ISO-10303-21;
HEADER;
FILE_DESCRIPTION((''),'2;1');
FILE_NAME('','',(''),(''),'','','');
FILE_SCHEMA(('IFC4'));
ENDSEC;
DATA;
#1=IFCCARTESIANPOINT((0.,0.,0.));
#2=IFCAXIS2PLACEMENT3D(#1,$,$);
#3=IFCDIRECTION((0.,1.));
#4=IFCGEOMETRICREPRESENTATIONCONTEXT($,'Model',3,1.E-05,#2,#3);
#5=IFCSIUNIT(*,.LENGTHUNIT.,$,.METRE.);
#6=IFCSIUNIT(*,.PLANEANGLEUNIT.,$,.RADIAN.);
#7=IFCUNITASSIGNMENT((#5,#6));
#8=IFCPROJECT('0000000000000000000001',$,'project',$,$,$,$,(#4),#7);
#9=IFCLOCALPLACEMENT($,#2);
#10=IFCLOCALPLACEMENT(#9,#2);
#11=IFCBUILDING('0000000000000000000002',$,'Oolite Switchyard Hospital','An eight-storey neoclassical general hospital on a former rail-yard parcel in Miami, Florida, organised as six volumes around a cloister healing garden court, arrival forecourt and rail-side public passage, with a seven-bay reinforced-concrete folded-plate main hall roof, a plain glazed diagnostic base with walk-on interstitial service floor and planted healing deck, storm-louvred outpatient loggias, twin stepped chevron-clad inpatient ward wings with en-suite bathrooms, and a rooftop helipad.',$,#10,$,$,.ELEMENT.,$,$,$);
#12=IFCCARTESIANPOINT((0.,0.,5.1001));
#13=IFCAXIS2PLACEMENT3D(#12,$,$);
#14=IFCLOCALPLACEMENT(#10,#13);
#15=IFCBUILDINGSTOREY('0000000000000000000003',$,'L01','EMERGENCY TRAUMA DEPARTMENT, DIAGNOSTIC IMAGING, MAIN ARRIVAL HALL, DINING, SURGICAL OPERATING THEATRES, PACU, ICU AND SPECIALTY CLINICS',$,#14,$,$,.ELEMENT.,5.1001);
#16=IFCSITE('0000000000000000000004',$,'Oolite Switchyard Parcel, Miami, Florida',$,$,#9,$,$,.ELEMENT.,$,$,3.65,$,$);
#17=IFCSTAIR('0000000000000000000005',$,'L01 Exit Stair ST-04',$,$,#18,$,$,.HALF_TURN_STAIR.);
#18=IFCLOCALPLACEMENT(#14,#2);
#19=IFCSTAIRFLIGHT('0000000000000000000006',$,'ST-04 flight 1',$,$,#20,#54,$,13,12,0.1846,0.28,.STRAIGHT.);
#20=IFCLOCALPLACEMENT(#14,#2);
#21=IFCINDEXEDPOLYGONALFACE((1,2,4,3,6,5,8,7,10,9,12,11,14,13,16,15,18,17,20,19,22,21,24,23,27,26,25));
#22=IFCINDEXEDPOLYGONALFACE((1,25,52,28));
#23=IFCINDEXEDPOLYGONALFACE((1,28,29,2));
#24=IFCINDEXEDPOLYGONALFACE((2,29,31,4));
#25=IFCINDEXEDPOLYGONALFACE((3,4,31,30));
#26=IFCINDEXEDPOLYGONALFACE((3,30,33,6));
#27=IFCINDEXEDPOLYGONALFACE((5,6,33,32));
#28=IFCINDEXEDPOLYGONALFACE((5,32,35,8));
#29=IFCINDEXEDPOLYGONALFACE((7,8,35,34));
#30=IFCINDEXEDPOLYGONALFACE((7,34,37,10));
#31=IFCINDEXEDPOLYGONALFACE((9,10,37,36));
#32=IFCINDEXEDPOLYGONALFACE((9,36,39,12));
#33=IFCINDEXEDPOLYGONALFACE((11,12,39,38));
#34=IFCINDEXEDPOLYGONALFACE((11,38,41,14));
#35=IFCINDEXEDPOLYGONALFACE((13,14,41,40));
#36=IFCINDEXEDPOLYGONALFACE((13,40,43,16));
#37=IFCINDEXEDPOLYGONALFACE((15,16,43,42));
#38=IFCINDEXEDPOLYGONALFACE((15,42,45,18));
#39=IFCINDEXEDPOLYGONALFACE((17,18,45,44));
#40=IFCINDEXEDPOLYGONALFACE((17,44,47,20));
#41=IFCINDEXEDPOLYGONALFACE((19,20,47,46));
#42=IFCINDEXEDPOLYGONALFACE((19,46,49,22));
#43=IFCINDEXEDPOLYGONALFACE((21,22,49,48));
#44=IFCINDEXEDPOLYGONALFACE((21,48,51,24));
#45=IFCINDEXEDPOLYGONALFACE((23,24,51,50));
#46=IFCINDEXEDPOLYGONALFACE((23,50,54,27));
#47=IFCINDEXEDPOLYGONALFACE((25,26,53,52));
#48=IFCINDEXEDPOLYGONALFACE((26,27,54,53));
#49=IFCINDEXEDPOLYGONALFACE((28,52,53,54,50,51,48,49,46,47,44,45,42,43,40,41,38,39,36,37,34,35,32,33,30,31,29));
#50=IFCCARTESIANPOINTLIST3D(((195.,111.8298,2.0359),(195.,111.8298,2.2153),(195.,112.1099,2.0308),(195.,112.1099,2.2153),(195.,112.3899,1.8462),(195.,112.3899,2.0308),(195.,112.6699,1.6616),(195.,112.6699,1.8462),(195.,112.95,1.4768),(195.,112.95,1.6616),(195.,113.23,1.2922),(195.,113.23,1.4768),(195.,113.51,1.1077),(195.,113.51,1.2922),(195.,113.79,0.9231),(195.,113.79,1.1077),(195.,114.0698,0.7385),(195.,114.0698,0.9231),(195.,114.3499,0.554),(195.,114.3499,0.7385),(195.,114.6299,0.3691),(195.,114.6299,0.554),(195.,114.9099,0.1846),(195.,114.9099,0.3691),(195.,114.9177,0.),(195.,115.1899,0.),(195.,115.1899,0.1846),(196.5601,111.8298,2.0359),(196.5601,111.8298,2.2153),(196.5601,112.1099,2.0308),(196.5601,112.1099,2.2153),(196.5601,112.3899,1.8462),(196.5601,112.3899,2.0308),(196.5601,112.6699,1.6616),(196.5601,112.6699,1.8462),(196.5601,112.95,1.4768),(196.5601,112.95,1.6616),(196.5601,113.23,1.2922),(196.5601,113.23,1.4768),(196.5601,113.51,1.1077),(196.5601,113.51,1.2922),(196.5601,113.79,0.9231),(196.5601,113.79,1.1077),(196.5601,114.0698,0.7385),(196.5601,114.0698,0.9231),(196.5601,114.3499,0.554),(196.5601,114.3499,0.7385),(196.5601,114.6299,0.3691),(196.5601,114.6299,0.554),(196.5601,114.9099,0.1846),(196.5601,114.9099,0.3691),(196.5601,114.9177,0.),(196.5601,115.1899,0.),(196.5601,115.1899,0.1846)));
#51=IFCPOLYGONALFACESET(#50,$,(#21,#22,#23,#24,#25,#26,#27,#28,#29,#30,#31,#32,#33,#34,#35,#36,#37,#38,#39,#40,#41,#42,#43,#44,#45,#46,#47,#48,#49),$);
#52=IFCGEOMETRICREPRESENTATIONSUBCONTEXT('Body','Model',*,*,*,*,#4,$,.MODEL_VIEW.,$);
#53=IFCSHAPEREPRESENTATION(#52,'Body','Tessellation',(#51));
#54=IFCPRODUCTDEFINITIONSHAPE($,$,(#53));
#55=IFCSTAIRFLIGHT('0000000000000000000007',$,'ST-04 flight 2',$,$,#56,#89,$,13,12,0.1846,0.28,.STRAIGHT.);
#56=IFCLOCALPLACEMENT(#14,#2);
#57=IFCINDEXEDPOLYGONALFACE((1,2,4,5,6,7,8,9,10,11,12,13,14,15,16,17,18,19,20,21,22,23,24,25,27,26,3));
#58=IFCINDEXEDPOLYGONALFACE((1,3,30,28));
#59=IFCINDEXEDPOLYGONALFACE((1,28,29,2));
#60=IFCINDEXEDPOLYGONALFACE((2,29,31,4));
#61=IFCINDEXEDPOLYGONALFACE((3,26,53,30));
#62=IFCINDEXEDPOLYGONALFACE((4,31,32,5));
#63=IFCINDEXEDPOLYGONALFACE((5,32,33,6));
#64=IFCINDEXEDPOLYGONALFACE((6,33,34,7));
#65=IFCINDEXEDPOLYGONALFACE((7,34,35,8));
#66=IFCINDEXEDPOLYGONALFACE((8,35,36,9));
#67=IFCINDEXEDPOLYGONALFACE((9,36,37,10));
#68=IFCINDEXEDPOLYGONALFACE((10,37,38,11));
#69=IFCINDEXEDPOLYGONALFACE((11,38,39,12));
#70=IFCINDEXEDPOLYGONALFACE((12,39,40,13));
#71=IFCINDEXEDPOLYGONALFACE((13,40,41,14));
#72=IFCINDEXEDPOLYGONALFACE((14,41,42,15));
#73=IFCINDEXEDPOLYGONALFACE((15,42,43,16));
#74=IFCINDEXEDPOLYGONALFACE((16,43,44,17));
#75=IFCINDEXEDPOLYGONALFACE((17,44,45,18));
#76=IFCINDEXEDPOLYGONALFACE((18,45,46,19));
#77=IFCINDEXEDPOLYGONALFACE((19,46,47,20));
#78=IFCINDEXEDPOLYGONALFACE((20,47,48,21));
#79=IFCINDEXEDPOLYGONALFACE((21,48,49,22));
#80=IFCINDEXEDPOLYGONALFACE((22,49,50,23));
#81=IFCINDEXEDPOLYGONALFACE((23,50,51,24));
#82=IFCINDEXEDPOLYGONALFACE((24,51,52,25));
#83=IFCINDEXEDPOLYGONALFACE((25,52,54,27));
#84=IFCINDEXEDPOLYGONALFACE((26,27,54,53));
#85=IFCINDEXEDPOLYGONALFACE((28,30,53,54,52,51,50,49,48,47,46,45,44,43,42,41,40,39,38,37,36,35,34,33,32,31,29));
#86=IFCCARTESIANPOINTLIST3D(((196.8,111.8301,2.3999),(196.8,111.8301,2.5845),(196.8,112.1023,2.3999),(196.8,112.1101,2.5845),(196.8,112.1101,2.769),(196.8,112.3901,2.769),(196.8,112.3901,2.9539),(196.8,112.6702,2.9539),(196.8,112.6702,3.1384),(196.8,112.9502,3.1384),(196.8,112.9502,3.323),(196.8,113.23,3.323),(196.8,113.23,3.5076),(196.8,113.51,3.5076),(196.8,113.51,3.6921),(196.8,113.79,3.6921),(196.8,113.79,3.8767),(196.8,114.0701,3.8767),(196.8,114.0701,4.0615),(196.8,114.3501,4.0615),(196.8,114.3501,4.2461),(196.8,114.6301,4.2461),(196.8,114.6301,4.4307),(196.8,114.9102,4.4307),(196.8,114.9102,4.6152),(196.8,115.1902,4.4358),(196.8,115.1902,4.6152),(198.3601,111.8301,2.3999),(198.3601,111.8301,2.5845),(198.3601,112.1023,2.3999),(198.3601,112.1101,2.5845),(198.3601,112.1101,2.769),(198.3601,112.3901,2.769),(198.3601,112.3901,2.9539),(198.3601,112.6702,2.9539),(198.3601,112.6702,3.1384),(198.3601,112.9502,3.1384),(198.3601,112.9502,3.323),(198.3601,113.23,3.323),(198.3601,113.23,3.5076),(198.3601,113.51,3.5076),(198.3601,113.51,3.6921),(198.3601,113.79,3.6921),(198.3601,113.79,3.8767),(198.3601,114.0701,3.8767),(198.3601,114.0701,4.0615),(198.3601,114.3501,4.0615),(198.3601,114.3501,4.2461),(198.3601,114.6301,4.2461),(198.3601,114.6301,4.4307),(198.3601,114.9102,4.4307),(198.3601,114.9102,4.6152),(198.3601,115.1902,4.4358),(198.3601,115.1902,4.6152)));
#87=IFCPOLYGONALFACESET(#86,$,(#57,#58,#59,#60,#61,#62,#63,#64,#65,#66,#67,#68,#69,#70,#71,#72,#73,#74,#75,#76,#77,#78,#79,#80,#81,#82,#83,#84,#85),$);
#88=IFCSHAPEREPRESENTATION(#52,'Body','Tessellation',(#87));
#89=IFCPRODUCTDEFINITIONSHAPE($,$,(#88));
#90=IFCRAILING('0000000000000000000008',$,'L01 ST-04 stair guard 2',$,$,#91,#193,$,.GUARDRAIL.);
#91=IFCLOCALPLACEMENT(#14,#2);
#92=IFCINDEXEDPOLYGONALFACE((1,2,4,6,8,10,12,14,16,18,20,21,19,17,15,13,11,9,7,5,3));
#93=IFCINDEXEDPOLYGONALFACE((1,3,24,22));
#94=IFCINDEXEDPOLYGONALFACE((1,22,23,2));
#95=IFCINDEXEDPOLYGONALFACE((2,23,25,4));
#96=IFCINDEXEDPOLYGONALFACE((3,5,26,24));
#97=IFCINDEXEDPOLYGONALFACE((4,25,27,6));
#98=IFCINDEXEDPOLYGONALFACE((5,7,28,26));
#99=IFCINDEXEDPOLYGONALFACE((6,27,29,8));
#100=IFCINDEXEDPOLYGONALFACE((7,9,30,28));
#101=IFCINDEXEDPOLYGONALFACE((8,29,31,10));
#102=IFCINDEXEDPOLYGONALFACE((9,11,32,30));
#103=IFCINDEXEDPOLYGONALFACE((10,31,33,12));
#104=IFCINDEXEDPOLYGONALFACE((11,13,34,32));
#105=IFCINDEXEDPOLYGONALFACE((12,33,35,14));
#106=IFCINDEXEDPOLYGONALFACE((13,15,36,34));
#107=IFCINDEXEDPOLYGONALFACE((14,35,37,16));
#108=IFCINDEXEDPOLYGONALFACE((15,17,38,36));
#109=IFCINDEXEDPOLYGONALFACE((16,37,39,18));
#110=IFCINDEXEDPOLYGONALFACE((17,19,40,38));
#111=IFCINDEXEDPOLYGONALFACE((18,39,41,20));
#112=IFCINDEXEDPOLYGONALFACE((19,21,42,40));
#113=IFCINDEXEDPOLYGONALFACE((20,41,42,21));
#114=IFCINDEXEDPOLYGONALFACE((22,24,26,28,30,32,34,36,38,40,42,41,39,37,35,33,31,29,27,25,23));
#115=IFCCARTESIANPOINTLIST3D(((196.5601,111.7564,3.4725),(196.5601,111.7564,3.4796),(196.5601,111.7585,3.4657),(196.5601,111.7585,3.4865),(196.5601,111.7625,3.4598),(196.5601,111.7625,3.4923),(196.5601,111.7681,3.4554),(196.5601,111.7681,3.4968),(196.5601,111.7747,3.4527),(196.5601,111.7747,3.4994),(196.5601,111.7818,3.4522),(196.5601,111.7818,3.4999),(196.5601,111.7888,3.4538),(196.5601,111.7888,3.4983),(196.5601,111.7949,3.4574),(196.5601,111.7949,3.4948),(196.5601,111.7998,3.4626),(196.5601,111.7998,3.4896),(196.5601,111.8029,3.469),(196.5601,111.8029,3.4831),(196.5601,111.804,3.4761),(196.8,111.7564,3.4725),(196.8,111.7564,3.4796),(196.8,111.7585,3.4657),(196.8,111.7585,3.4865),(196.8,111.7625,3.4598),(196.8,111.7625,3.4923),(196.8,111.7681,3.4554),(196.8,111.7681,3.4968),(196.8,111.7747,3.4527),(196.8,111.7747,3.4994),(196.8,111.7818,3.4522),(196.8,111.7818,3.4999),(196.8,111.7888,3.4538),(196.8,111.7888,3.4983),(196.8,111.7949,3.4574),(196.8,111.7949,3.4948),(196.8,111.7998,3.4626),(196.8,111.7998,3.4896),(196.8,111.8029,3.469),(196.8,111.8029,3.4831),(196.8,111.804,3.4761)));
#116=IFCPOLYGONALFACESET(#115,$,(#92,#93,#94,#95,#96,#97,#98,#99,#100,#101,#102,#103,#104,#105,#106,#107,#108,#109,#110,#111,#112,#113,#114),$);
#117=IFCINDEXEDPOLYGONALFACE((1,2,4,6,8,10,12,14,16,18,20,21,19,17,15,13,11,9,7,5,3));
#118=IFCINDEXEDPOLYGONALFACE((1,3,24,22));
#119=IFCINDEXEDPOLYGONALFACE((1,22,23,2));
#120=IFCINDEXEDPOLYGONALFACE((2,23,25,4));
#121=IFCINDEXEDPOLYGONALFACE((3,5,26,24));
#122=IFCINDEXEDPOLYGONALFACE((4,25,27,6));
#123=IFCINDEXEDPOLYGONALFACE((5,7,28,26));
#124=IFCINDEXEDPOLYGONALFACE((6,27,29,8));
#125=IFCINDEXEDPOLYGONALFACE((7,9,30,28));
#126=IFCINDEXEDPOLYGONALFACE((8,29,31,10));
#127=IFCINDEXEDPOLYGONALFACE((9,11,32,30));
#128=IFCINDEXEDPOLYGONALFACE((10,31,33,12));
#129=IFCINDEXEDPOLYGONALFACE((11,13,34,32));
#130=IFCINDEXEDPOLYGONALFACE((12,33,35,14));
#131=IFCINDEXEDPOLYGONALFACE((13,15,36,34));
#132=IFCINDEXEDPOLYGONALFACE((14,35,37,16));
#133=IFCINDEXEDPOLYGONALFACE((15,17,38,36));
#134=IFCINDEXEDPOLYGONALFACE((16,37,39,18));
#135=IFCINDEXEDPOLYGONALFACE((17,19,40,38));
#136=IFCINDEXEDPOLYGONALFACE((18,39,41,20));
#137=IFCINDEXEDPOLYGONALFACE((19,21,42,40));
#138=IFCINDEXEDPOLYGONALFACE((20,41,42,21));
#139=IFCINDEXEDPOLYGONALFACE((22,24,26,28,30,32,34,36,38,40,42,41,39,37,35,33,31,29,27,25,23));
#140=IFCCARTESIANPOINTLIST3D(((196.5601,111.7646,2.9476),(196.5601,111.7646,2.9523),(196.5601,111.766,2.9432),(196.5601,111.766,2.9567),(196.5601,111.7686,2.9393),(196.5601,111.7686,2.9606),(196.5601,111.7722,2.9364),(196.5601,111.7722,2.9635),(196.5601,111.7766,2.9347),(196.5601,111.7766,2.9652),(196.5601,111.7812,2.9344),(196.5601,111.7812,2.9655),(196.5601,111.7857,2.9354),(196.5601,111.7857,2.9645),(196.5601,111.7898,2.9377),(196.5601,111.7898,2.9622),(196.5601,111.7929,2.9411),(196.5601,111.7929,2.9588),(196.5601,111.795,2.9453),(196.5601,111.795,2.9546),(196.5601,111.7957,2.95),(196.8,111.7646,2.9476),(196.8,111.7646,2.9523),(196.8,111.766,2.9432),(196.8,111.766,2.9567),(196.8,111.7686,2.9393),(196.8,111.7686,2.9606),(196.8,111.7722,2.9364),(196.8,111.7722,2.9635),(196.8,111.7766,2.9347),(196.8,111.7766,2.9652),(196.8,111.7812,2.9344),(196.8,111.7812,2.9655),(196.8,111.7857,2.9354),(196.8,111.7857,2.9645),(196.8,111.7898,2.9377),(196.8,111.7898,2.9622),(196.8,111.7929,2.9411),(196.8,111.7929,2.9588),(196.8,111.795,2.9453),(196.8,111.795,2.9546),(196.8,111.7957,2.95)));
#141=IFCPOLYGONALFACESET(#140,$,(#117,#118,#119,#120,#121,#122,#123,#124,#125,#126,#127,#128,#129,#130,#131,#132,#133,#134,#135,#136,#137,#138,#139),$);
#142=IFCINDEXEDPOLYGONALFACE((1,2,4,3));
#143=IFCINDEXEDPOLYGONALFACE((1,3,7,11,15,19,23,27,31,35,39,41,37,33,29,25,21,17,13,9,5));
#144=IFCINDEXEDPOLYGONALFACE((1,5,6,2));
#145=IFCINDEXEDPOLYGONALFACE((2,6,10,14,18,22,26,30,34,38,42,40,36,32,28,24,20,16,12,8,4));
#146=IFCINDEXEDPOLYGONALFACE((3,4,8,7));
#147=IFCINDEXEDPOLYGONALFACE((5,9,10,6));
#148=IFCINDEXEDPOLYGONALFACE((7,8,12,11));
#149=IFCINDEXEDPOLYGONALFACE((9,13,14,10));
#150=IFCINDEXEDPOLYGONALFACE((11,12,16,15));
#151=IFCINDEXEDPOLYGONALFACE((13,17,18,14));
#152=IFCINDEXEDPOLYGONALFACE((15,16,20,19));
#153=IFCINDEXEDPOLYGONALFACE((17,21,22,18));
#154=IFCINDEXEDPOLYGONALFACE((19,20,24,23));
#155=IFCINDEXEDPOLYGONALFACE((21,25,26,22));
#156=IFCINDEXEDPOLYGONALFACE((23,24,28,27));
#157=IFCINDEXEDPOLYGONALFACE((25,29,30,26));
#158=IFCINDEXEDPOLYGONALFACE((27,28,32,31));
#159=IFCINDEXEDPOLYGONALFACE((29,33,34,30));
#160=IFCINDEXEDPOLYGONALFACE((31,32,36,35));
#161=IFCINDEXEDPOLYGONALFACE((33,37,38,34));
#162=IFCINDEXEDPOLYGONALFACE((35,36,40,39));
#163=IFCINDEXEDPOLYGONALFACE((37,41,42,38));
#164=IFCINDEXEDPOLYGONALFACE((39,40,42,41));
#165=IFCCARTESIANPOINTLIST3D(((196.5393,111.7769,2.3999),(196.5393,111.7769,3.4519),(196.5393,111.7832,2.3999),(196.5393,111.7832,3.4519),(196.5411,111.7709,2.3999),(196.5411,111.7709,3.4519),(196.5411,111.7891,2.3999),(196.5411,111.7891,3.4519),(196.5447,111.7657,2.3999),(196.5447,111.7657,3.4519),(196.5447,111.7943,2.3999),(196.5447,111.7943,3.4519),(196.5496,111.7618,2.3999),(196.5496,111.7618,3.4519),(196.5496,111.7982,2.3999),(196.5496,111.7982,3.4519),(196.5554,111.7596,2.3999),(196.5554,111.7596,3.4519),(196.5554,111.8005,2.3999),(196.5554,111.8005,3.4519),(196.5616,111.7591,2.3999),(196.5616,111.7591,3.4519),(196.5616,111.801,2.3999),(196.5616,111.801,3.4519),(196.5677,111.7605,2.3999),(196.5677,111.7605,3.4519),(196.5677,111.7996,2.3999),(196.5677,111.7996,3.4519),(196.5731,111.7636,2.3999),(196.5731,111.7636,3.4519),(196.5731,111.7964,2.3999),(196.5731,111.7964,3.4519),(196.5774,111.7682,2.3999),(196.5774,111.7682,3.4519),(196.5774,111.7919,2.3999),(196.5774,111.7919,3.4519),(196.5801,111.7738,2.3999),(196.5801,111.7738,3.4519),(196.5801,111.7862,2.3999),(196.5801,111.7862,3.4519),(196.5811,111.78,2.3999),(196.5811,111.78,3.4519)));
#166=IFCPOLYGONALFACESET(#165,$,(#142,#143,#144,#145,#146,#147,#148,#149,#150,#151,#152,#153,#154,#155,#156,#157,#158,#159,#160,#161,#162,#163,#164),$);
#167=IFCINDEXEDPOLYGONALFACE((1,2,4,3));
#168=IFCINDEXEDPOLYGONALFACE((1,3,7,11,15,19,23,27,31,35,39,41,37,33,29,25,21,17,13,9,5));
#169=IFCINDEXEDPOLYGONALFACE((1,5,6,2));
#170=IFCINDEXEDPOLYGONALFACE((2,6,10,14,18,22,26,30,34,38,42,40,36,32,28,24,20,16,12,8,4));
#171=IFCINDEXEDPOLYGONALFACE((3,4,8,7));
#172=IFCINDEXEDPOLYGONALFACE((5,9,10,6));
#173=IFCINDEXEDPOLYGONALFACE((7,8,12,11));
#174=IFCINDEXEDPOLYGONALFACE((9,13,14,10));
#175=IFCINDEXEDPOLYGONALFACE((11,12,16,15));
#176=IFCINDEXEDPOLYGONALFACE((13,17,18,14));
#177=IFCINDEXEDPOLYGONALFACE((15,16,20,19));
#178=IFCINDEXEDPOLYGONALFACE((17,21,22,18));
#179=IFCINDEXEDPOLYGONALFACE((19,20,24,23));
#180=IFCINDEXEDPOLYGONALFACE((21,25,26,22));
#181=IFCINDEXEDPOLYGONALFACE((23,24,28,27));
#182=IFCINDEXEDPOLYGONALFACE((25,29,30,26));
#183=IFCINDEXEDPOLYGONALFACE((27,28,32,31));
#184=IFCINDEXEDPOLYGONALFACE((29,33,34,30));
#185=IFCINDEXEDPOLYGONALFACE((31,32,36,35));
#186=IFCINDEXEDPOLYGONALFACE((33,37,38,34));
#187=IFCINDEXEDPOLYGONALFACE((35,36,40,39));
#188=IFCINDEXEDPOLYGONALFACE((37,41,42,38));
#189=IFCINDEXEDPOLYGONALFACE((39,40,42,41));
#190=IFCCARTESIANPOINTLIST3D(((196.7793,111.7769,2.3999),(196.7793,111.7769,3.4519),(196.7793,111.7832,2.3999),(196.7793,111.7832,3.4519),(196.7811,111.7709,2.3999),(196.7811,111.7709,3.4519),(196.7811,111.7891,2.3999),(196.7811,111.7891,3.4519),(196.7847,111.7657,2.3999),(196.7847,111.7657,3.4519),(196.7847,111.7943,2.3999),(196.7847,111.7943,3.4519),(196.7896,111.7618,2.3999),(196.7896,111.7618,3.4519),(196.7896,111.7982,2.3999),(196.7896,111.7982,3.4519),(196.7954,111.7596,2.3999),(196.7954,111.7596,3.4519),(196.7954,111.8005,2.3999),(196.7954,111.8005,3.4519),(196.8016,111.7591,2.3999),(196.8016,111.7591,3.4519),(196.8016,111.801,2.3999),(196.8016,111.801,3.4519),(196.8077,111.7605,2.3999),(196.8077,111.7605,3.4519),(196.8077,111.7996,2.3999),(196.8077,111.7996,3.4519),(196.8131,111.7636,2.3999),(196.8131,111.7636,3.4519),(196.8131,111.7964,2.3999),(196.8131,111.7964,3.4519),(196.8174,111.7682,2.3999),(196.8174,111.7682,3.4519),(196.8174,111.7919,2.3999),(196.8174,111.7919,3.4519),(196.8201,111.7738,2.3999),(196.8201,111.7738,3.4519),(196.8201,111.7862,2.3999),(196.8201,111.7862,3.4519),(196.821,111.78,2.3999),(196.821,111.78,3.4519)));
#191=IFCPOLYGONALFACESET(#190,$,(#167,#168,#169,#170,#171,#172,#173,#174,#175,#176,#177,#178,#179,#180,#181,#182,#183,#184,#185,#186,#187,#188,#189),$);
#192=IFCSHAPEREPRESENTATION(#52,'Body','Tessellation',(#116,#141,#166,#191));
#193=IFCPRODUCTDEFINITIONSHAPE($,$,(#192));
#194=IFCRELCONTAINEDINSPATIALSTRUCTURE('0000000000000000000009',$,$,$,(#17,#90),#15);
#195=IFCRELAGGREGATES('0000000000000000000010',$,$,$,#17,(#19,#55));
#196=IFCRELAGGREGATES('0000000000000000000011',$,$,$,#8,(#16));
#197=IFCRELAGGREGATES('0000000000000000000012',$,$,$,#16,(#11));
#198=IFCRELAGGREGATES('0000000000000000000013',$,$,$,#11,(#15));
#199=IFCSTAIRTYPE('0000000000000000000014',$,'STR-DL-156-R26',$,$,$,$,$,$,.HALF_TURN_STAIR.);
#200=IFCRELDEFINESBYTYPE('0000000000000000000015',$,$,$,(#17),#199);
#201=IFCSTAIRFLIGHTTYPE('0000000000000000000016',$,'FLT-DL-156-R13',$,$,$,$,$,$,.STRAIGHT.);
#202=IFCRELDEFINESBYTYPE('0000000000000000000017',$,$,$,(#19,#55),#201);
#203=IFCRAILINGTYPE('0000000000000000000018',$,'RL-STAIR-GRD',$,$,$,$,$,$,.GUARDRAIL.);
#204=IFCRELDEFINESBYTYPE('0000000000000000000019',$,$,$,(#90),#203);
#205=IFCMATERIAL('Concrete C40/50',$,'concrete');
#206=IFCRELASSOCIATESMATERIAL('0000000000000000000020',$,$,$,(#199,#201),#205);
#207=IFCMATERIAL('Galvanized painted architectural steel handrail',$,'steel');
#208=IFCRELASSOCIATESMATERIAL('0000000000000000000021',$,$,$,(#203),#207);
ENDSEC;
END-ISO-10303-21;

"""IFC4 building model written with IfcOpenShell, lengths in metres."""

from ifc_helpers import new_model, si_unit, direction, frame, origin, origin_2d, place, context, subcontext, project, spatial, polyline, circle, outline, extrude, material, type_object, element, aggregate, save


model = new_model("IFC4")

# Units and contexts
model_context = context("Model", 3, precision=1e-05, world=origin(), true_north=direction((0.0, 1.0)))
body_context = subcontext(model_context, "Body", "Model", "MODEL_VIEW")
ifc_project = project(units=[si_unit("LENGTHUNIT", "METRE"), si_unit("PLANEANGLEUNIT", "RADIAN")], contexts=[model_context])

# Site, building, storey
site_placement = place(None, origin())
site = spatial("IfcSite", under=ifc_project, at=site_placement, Name="Oolite Switchyard Parcel, Miami, Florida", CompositionType="ELEMENT", RefElevation=3.65)
building_placement = place(site_placement, origin())
building = spatial("IfcBuilding", under=site, at=building_placement, Name="Oolite Switchyard Hospital", Description="An eight-storey neoclassical general hospital on a former rail-yard parcel in Miami, Florida, organised as six volumes around a cloister healing garden court, arrival forecourt and rail-side public passage, with a seven-bay reinforced-concrete folded-plate main hall roof, a plain glazed diagnostic base with walk-on interstitial service floor and planted healing deck, storm-louvred outpatient loggias, twin stepped chevron-clad inpatient ward wings with en-suite bathrooms, and a rooftop helipad.", CompositionType="ELEMENT")
storey_placement = place(building_placement, frame((0.0, 0.0, 5.1001)))
storey = spatial("IfcBuildingStorey", under=building, at=storey_placement, Name="L01", Description="EMERGENCY TRAUMA DEPARTMENT, DIAGNOSTIC IMAGING, MAIN ARRIVAL HALL, DINING, SURGICAL OPERATING THEATRES, PACU, ICU AND SPECIALTY CLINICS", CompositionType="ELEMENT", Elevation=5.1001)

# Shared definitions
ifc_material_1 = material(Name="Concrete C40/50", Category="concrete")

# Stair, stair flights
stair_type = type_object("IfcStairType", Name="STR-DL-156-R26", PredefinedType="HALF_TURN_STAIR", material=ifc_material_1)
stair_placement = place(storey_placement, origin())
stair = element("IfcStair", 1, at=stair_placement, inside=storey, type_object=stair_type, Name="L01 Exit Stair ST-04", PredefinedType="HALF_TURN_STAIR")
stair_flight_type = type_object("IfcStairFlightType", Name="FLT-DL-156-R13", PredefinedType="STRAIGHT", material=ifc_material_1)
stair_flight_1_placement = place(storey_placement, frame((195.78, 115.1899, 0.0), z_axis=(0.0, 0.0, 1.0), x_axis=(0.0, -1.0, 0.0)))
stair_flight_1 = element("IfcStairFlight", 2, at=stair_flight_1_placement, type_object=stair_flight_type, Name="ST-04 flight 1", NumberOfRisers=13, NumberOfTreads=12, PredefinedType="STRAIGHT", RiserHeight=0.1846, TreadLength=0.28, context=body_context, shape_type="SweptSolid", body=[
    extrude(outline(polyline([(0.0, 0.0), (0.0, 0.1846), (0.28, 0.1846), (0.28, 0.3691), (0.5601, 0.3691), (0.5601, 0.554), (0.8401, 0.554), (0.8401, 0.7385), (1.1201, 0.7385), (1.1201, 0.9231), (1.3999, 0.9231), (1.3999, 1.1077), (1.6799, 1.1077), (1.6799, 1.2922), (1.96, 1.2922), (1.96, 1.4768), (2.24, 1.4768), (2.24, 1.6616), (2.52, 1.6616), (2.52, 1.8462), (2.8, 1.8462), (2.8, 2.0308), (3.0801, 2.0308), (3.0801, 2.2153), (3.3601, 2.2153), (3.3601, 2.3999), (3.3601, 2.0359), (0.2722, 0.0), (0.0, 0.0)])), frame((0.0, 0.78, 0.0), z_axis=(0.0, -1.0, 0.0), x_axis=(1.0, 0.0, 0.0)), (0.0, 0.0, 1.0), 1.5601),
])
stair_flight_2_placement = place(storey_placement, frame((197.5801, 111.8301, 2.3999), z_axis=(0.0, 0.0, 1.0), x_axis=(0.0, 1.0, 0.0)))
stair_flight_2 = element("IfcStairFlight", 3, at=stair_flight_2_placement, type_object=stair_flight_type, Name="ST-04 flight 2", NumberOfRisers=13, NumberOfTreads=12, PredefinedType="STRAIGHT", RiserHeight=0.1846, TreadLength=0.28, context=body_context, shape_type="SweptSolid", body=[
    extrude(outline(polyline([(0.0, 0.0), (0.0, 0.1846), (0.28, 0.1846), (0.28, 0.3691), (0.5601, 0.3691), (0.5601, 0.554), (0.8401, 0.554), (0.8401, 0.7385), (1.1201, 0.7385), (1.1201, 0.9231), (1.3999, 0.9231), (1.3999, 1.1077), (1.6799, 1.1077), (1.6799, 1.2922), (1.96, 1.2922), (1.96, 1.4768), (2.24, 1.4768), (2.24, 1.6616), (2.52, 1.6616), (2.52, 1.8462), (2.8, 1.8462), (2.8, 2.0308), (3.0801, 2.0308), (3.0801, 2.2153), (3.3601, 2.2153), (3.3601, 2.3999), (3.3601, 2.0359), (0.2722, 0.0), (0.0, 0.0)])), frame((0.0, 0.78, 0.0), z_axis=(0.0, -1.0, 0.0), x_axis=(1.0, 0.0, 0.0)), (0.0, 0.0, 1.0), 1.5601),
])
aggregate(stair, [stair_flight_1, stair_flight_2])

# Railing
ifc_material_2 = material(Name="Galvanized painted architectural steel handrail", Category="steel")
railing_type_1 = type_object("IfcRailingType", Name="RL-STAIR-GRD", PredefinedType="GUARDRAIL", material=ifc_material_2)
railing_1_placement = place(storey_placement, frame((196.5601, 111.78, 2.3999)))
element("IfcRailing", 4, at=railing_1_placement, inside=storey, type_object=railing_type_1, Name="L01 ST-04 stair guard 2", PredefinedType="GUARDRAIL", context=body_context, shape_type="SweptSolid", body=[
    extrude(circle(Radius=0.0239, at=origin_2d()), frame((0.0, 0.0, 1.0762), z_axis=(1.0, 0.0, 0.0), x_axis=(0.0, 1.0, 0.0)), (0.0, 0.0, 1.0), 0.24),
    extrude(circle(Radius=0.0156, at=origin_2d()), frame((0.0, 0.0, 0.55), z_axis=(1.0, 0.0, 0.0), x_axis=(0.0, 1.0, 0.0)), (0.0, 0.0, 1.0), 0.24),
    extrude(circle(Radius=0.021, at=origin_2d()), origin(), (0.0, 0.0, 1.0), 1.052),
    extrude(circle(Radius=0.021, at=origin_2d()), frame((0.24, 0.0, 0.0)), (0.0, 0.0, 1.0), 1.052),
])

save(model, "model.ifc")
